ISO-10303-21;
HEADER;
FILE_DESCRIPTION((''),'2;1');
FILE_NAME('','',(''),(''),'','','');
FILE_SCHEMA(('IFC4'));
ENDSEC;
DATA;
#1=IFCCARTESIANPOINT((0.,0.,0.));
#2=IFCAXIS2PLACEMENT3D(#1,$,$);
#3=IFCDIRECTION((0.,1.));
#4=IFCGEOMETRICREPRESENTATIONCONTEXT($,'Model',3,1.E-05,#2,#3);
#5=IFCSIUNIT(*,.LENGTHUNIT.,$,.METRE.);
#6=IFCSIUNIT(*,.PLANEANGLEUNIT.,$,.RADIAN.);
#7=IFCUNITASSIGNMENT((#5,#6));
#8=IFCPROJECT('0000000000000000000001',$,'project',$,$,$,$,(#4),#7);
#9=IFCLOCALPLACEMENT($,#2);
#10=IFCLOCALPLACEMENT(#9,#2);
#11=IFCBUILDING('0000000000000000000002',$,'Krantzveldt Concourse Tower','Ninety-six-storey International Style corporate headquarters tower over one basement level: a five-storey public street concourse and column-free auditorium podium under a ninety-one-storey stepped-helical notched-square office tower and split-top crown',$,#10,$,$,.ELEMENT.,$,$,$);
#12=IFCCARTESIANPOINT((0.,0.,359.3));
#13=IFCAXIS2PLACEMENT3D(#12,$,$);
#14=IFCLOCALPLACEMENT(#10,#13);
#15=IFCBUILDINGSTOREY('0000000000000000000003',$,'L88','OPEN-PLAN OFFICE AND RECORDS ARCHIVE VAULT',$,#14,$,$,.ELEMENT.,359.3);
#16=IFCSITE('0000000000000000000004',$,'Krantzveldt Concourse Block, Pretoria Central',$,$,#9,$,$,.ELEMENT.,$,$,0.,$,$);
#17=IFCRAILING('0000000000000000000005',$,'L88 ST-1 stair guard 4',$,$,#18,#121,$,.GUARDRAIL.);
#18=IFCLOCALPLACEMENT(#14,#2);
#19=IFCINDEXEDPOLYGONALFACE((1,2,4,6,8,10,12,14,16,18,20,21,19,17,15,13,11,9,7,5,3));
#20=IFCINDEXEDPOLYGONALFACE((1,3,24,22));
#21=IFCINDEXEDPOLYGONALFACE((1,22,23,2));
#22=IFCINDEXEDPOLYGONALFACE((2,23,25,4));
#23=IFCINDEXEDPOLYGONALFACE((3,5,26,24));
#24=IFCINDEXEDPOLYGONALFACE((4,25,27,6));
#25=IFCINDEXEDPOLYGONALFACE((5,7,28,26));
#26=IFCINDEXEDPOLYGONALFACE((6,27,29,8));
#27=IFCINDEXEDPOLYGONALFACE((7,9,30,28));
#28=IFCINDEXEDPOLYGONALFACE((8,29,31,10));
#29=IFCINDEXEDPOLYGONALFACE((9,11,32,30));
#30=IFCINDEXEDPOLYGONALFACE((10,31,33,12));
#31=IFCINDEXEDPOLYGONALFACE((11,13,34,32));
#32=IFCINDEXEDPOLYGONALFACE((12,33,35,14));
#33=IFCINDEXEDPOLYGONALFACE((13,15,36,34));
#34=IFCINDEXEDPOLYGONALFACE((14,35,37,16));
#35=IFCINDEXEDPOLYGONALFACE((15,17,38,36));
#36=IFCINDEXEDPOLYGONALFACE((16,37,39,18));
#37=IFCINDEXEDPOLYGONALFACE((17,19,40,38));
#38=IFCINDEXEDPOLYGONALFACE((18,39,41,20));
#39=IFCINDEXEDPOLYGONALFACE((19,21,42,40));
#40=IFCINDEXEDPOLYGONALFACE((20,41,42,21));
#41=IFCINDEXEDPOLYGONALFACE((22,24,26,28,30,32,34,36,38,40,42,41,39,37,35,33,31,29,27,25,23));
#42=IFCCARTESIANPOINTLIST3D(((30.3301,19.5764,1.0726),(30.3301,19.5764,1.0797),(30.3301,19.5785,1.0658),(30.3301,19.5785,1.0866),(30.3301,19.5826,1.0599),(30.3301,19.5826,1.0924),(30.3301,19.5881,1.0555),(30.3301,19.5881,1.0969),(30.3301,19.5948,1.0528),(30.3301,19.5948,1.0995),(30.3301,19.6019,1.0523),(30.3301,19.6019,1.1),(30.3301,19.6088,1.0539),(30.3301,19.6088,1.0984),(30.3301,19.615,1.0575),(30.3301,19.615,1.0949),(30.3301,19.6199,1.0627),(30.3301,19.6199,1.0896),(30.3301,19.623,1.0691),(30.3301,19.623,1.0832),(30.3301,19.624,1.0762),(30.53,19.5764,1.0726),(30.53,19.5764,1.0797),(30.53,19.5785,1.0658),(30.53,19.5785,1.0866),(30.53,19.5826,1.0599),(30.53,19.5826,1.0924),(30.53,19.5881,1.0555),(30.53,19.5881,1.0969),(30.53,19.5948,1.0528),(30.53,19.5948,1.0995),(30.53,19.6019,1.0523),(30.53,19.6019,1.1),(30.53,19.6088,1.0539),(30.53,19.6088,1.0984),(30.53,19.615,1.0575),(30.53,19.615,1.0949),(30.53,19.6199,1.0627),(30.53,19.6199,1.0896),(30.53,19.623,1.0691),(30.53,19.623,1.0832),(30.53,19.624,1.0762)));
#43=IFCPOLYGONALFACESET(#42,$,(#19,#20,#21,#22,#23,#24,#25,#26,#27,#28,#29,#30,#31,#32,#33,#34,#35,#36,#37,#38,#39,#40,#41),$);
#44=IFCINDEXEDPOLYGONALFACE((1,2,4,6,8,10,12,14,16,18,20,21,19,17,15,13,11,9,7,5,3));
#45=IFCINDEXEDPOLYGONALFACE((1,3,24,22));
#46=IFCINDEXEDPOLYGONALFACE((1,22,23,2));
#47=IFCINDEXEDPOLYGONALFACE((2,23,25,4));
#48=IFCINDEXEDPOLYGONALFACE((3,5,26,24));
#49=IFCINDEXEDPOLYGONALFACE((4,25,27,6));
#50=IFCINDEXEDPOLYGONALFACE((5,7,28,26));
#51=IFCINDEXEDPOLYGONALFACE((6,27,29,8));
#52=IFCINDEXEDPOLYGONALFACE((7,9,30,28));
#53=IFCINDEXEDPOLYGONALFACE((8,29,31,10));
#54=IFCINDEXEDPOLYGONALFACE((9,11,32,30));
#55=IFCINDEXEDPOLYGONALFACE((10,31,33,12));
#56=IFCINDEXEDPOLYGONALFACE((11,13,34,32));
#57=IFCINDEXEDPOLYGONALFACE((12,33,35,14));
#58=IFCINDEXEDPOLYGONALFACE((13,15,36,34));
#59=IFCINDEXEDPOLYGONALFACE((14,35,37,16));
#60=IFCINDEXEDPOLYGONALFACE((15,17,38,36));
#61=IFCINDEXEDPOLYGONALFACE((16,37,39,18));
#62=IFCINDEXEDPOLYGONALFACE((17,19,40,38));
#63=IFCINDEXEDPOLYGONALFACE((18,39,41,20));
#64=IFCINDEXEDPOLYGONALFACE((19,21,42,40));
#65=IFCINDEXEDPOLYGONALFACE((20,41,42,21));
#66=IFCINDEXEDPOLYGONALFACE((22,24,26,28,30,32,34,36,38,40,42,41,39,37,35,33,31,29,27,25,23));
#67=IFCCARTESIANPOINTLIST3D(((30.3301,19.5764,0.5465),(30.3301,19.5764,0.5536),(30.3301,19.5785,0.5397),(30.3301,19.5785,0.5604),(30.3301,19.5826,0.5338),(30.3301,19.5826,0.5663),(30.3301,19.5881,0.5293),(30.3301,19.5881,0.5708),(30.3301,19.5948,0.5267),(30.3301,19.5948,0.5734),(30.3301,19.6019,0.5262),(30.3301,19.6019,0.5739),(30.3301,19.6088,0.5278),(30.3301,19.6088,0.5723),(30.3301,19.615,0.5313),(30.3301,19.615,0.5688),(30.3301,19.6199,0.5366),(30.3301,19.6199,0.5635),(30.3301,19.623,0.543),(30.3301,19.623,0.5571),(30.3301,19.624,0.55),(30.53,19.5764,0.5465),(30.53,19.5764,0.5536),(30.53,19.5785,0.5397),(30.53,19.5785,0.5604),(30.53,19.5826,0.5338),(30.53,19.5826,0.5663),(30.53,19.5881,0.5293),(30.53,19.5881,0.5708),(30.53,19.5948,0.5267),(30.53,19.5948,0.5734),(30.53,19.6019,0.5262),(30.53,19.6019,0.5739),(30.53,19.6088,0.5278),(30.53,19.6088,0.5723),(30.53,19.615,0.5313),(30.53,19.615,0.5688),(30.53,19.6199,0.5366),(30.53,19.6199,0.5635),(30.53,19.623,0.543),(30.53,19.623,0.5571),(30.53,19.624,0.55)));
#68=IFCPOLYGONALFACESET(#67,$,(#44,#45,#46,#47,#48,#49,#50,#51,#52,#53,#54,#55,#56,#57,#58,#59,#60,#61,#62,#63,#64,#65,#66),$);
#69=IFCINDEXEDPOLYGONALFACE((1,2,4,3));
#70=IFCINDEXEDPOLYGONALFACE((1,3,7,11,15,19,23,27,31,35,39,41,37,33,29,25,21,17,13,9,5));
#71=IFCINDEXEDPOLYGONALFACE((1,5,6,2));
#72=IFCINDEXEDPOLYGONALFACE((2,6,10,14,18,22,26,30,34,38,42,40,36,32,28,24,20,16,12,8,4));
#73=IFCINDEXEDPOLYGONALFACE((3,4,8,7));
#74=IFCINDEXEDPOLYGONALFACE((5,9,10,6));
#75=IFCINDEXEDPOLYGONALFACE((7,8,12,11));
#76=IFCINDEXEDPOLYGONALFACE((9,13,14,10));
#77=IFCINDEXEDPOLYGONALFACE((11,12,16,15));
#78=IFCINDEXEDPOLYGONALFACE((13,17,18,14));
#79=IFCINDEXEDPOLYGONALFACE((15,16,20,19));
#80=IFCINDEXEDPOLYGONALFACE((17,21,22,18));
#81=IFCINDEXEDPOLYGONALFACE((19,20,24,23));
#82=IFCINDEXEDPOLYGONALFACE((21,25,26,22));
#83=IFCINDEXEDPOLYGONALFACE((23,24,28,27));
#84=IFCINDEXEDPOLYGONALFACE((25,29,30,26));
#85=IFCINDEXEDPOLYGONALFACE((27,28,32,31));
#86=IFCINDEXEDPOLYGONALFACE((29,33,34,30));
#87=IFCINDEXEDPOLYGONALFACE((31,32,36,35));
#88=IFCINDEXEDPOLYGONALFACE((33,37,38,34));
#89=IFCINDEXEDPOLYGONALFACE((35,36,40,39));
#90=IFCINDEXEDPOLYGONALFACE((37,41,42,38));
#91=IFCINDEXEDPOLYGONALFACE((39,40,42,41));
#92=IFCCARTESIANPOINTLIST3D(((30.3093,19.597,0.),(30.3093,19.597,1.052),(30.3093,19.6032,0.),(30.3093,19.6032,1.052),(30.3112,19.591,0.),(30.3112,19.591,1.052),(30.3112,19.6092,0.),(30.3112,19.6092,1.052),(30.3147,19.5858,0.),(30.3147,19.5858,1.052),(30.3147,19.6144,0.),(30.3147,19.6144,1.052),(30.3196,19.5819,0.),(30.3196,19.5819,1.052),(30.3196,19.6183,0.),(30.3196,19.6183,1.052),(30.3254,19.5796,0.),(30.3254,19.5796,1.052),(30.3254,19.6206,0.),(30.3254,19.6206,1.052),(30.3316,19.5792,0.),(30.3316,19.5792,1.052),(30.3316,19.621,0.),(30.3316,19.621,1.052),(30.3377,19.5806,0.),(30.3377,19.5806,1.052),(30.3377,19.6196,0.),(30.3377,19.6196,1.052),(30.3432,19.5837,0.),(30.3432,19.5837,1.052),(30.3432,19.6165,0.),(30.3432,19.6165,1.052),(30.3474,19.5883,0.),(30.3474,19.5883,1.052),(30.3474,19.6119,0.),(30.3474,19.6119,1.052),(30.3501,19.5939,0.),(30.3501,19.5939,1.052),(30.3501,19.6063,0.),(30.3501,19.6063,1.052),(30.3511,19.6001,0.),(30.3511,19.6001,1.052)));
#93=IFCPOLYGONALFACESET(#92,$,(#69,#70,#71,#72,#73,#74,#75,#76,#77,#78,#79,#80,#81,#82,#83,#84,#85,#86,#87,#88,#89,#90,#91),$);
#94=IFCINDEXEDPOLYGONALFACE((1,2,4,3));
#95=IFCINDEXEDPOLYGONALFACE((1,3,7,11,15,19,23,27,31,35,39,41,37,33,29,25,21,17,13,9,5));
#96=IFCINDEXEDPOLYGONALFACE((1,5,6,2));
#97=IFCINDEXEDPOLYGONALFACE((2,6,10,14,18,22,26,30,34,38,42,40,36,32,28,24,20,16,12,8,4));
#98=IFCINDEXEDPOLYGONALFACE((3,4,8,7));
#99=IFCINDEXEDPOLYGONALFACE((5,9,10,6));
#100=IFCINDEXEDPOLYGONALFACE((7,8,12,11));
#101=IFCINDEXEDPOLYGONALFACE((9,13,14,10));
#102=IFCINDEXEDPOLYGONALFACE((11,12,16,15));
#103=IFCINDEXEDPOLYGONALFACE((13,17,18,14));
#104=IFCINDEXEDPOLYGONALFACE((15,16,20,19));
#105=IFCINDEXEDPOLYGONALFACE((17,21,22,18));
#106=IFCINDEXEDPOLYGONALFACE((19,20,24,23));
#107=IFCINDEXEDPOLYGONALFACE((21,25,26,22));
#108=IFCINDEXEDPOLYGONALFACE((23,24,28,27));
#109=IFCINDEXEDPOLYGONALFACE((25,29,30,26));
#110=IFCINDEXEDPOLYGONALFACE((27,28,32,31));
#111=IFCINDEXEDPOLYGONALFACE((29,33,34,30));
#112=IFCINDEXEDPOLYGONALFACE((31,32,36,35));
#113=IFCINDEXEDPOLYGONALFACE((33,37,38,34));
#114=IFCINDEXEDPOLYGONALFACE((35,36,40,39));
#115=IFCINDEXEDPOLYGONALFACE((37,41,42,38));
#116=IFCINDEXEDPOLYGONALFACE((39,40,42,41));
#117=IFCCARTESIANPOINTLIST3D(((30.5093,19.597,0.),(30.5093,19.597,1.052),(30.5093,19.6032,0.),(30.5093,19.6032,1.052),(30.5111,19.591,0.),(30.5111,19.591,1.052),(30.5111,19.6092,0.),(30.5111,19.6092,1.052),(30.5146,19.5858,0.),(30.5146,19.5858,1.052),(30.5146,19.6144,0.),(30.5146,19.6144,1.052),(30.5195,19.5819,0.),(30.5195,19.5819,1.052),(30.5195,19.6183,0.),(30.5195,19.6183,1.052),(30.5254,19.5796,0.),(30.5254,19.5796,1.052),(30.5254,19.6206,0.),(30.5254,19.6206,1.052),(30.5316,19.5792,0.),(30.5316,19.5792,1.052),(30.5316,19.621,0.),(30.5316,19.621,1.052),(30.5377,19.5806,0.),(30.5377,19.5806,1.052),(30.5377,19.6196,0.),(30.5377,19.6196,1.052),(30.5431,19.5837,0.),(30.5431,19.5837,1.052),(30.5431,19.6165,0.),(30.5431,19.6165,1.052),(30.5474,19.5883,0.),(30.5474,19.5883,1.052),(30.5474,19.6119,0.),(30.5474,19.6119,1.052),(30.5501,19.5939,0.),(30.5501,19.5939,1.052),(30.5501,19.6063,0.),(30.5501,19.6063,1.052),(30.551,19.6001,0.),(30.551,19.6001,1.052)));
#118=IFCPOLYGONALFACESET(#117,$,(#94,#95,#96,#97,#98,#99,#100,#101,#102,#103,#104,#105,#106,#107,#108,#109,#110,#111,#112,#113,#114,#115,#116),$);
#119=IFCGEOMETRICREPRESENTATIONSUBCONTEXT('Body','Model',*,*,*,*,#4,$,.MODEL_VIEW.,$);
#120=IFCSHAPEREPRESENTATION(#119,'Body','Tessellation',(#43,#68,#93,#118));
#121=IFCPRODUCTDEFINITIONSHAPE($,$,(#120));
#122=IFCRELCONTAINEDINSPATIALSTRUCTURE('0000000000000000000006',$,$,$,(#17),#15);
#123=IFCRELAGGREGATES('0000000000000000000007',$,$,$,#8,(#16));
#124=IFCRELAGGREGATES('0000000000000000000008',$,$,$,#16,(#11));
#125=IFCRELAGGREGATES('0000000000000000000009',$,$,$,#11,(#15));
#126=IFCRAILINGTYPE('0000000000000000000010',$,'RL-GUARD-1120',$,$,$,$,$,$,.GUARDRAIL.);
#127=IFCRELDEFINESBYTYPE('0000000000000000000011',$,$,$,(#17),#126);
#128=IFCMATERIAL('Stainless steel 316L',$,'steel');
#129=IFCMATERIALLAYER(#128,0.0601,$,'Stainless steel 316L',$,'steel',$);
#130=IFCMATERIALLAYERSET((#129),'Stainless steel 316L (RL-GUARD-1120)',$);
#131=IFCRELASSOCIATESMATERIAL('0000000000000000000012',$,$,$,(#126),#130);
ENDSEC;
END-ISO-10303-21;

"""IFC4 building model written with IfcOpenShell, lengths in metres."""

from ifc_helpers import new_model, si_unit, direction, frame, origin, origin_2d, place, context, subcontext, project, spatial, circle, extrude, material, layer, layer_set, type_object, element, save


model = new_model("IFC4")

# Units and contexts
model_context = context("Model", 3, precision=1e-05, world=origin(), true_north=direction((0.0, 1.0)))
body_context = subcontext(model_context, "Body", "Model", "MODEL_VIEW")
ifc_project = project(units=[si_unit("LENGTHUNIT", "METRE"), si_unit("PLANEANGLEUNIT", "RADIAN")], contexts=[model_context])

# Site, building, storey
site_placement = place(None, origin())
site = spatial("IfcSite", under=ifc_project, at=site_placement, Name="Krantzveldt Concourse Block, Pretoria Central", CompositionType="ELEMENT", RefElevation=0.0)
building_placement = place(site_placement, origin())
building = spatial("IfcBuilding", under=site, at=building_placement, Name="Krantzveldt Concourse Tower", Description="Ninety-six-storey International Style corporate headquarters tower over one basement level: a five-storey public street concourse and column-free auditorium podium under a ninety-one-storey stepped-helical notched-square office tower and split-top crown", CompositionType="ELEMENT")
storey_placement = place(building_placement, frame((0.0, 0.0, 359.3)))
storey = spatial("IfcBuildingStorey", under=building, at=storey_placement, Name="L88", Description="OPEN-PLAN OFFICE AND RECORDS ARCHIVE VAULT", CompositionType="ELEMENT", Elevation=359.3)

# Railing
ifc_material_1 = material(Name="Stainless steel 316L", Category="steel")
ifc_layer_1 = layer(ifc_material_1, 0.0601, Name="Stainless steel 316L", Category="steel")
ifc_layer_set_1 = layer_set([ifc_layer_1], Name="Stainless steel 316L (RL-GUARD-1120)")
railing_type_1 = type_object("IfcRailingType", Name="RL-GUARD-1120", PredefinedType="GUARDRAIL", material=ifc_layer_set_1)
railing_1_placement = place(storey_placement, frame((30.3301, 19.6001, 0.0)))
element("IfcRailing", 1, at=railing_1_placement, inside=storey, type_object=railing_type_1, Name="L88 ST-1 stair guard 4", PredefinedType="GUARDRAIL", context=body_context, shape_type="SweptSolid", body=[
    extrude(circle(Radius=0.0239, at=origin_2d()), frame((0.0, 0.0, 1.0762), z_axis=(1.0, 0.0, 0.0), x_axis=(0.0, 1.0, 0.0)), (0.0, 0.0, 1.0), 0.2),
    extrude(circle(Radius=0.0239, at=origin_2d()), frame((0.0, 0.0, 0.55), z_axis=(1.0, 0.0, 0.0), x_axis=(0.0, 1.0, 0.0)), (0.0, 0.0, 1.0), 0.2),
    extrude(circle(Radius=0.021, at=origin_2d()), origin(), (0.0, 0.0, 1.0), 1.052),
    extrude(circle(Radius=0.021, at=origin_2d()), frame((0.2, 0.0, 0.0)), (0.0, 0.0, 1.0), 1.052),
])

save(model, "model.ifc")
